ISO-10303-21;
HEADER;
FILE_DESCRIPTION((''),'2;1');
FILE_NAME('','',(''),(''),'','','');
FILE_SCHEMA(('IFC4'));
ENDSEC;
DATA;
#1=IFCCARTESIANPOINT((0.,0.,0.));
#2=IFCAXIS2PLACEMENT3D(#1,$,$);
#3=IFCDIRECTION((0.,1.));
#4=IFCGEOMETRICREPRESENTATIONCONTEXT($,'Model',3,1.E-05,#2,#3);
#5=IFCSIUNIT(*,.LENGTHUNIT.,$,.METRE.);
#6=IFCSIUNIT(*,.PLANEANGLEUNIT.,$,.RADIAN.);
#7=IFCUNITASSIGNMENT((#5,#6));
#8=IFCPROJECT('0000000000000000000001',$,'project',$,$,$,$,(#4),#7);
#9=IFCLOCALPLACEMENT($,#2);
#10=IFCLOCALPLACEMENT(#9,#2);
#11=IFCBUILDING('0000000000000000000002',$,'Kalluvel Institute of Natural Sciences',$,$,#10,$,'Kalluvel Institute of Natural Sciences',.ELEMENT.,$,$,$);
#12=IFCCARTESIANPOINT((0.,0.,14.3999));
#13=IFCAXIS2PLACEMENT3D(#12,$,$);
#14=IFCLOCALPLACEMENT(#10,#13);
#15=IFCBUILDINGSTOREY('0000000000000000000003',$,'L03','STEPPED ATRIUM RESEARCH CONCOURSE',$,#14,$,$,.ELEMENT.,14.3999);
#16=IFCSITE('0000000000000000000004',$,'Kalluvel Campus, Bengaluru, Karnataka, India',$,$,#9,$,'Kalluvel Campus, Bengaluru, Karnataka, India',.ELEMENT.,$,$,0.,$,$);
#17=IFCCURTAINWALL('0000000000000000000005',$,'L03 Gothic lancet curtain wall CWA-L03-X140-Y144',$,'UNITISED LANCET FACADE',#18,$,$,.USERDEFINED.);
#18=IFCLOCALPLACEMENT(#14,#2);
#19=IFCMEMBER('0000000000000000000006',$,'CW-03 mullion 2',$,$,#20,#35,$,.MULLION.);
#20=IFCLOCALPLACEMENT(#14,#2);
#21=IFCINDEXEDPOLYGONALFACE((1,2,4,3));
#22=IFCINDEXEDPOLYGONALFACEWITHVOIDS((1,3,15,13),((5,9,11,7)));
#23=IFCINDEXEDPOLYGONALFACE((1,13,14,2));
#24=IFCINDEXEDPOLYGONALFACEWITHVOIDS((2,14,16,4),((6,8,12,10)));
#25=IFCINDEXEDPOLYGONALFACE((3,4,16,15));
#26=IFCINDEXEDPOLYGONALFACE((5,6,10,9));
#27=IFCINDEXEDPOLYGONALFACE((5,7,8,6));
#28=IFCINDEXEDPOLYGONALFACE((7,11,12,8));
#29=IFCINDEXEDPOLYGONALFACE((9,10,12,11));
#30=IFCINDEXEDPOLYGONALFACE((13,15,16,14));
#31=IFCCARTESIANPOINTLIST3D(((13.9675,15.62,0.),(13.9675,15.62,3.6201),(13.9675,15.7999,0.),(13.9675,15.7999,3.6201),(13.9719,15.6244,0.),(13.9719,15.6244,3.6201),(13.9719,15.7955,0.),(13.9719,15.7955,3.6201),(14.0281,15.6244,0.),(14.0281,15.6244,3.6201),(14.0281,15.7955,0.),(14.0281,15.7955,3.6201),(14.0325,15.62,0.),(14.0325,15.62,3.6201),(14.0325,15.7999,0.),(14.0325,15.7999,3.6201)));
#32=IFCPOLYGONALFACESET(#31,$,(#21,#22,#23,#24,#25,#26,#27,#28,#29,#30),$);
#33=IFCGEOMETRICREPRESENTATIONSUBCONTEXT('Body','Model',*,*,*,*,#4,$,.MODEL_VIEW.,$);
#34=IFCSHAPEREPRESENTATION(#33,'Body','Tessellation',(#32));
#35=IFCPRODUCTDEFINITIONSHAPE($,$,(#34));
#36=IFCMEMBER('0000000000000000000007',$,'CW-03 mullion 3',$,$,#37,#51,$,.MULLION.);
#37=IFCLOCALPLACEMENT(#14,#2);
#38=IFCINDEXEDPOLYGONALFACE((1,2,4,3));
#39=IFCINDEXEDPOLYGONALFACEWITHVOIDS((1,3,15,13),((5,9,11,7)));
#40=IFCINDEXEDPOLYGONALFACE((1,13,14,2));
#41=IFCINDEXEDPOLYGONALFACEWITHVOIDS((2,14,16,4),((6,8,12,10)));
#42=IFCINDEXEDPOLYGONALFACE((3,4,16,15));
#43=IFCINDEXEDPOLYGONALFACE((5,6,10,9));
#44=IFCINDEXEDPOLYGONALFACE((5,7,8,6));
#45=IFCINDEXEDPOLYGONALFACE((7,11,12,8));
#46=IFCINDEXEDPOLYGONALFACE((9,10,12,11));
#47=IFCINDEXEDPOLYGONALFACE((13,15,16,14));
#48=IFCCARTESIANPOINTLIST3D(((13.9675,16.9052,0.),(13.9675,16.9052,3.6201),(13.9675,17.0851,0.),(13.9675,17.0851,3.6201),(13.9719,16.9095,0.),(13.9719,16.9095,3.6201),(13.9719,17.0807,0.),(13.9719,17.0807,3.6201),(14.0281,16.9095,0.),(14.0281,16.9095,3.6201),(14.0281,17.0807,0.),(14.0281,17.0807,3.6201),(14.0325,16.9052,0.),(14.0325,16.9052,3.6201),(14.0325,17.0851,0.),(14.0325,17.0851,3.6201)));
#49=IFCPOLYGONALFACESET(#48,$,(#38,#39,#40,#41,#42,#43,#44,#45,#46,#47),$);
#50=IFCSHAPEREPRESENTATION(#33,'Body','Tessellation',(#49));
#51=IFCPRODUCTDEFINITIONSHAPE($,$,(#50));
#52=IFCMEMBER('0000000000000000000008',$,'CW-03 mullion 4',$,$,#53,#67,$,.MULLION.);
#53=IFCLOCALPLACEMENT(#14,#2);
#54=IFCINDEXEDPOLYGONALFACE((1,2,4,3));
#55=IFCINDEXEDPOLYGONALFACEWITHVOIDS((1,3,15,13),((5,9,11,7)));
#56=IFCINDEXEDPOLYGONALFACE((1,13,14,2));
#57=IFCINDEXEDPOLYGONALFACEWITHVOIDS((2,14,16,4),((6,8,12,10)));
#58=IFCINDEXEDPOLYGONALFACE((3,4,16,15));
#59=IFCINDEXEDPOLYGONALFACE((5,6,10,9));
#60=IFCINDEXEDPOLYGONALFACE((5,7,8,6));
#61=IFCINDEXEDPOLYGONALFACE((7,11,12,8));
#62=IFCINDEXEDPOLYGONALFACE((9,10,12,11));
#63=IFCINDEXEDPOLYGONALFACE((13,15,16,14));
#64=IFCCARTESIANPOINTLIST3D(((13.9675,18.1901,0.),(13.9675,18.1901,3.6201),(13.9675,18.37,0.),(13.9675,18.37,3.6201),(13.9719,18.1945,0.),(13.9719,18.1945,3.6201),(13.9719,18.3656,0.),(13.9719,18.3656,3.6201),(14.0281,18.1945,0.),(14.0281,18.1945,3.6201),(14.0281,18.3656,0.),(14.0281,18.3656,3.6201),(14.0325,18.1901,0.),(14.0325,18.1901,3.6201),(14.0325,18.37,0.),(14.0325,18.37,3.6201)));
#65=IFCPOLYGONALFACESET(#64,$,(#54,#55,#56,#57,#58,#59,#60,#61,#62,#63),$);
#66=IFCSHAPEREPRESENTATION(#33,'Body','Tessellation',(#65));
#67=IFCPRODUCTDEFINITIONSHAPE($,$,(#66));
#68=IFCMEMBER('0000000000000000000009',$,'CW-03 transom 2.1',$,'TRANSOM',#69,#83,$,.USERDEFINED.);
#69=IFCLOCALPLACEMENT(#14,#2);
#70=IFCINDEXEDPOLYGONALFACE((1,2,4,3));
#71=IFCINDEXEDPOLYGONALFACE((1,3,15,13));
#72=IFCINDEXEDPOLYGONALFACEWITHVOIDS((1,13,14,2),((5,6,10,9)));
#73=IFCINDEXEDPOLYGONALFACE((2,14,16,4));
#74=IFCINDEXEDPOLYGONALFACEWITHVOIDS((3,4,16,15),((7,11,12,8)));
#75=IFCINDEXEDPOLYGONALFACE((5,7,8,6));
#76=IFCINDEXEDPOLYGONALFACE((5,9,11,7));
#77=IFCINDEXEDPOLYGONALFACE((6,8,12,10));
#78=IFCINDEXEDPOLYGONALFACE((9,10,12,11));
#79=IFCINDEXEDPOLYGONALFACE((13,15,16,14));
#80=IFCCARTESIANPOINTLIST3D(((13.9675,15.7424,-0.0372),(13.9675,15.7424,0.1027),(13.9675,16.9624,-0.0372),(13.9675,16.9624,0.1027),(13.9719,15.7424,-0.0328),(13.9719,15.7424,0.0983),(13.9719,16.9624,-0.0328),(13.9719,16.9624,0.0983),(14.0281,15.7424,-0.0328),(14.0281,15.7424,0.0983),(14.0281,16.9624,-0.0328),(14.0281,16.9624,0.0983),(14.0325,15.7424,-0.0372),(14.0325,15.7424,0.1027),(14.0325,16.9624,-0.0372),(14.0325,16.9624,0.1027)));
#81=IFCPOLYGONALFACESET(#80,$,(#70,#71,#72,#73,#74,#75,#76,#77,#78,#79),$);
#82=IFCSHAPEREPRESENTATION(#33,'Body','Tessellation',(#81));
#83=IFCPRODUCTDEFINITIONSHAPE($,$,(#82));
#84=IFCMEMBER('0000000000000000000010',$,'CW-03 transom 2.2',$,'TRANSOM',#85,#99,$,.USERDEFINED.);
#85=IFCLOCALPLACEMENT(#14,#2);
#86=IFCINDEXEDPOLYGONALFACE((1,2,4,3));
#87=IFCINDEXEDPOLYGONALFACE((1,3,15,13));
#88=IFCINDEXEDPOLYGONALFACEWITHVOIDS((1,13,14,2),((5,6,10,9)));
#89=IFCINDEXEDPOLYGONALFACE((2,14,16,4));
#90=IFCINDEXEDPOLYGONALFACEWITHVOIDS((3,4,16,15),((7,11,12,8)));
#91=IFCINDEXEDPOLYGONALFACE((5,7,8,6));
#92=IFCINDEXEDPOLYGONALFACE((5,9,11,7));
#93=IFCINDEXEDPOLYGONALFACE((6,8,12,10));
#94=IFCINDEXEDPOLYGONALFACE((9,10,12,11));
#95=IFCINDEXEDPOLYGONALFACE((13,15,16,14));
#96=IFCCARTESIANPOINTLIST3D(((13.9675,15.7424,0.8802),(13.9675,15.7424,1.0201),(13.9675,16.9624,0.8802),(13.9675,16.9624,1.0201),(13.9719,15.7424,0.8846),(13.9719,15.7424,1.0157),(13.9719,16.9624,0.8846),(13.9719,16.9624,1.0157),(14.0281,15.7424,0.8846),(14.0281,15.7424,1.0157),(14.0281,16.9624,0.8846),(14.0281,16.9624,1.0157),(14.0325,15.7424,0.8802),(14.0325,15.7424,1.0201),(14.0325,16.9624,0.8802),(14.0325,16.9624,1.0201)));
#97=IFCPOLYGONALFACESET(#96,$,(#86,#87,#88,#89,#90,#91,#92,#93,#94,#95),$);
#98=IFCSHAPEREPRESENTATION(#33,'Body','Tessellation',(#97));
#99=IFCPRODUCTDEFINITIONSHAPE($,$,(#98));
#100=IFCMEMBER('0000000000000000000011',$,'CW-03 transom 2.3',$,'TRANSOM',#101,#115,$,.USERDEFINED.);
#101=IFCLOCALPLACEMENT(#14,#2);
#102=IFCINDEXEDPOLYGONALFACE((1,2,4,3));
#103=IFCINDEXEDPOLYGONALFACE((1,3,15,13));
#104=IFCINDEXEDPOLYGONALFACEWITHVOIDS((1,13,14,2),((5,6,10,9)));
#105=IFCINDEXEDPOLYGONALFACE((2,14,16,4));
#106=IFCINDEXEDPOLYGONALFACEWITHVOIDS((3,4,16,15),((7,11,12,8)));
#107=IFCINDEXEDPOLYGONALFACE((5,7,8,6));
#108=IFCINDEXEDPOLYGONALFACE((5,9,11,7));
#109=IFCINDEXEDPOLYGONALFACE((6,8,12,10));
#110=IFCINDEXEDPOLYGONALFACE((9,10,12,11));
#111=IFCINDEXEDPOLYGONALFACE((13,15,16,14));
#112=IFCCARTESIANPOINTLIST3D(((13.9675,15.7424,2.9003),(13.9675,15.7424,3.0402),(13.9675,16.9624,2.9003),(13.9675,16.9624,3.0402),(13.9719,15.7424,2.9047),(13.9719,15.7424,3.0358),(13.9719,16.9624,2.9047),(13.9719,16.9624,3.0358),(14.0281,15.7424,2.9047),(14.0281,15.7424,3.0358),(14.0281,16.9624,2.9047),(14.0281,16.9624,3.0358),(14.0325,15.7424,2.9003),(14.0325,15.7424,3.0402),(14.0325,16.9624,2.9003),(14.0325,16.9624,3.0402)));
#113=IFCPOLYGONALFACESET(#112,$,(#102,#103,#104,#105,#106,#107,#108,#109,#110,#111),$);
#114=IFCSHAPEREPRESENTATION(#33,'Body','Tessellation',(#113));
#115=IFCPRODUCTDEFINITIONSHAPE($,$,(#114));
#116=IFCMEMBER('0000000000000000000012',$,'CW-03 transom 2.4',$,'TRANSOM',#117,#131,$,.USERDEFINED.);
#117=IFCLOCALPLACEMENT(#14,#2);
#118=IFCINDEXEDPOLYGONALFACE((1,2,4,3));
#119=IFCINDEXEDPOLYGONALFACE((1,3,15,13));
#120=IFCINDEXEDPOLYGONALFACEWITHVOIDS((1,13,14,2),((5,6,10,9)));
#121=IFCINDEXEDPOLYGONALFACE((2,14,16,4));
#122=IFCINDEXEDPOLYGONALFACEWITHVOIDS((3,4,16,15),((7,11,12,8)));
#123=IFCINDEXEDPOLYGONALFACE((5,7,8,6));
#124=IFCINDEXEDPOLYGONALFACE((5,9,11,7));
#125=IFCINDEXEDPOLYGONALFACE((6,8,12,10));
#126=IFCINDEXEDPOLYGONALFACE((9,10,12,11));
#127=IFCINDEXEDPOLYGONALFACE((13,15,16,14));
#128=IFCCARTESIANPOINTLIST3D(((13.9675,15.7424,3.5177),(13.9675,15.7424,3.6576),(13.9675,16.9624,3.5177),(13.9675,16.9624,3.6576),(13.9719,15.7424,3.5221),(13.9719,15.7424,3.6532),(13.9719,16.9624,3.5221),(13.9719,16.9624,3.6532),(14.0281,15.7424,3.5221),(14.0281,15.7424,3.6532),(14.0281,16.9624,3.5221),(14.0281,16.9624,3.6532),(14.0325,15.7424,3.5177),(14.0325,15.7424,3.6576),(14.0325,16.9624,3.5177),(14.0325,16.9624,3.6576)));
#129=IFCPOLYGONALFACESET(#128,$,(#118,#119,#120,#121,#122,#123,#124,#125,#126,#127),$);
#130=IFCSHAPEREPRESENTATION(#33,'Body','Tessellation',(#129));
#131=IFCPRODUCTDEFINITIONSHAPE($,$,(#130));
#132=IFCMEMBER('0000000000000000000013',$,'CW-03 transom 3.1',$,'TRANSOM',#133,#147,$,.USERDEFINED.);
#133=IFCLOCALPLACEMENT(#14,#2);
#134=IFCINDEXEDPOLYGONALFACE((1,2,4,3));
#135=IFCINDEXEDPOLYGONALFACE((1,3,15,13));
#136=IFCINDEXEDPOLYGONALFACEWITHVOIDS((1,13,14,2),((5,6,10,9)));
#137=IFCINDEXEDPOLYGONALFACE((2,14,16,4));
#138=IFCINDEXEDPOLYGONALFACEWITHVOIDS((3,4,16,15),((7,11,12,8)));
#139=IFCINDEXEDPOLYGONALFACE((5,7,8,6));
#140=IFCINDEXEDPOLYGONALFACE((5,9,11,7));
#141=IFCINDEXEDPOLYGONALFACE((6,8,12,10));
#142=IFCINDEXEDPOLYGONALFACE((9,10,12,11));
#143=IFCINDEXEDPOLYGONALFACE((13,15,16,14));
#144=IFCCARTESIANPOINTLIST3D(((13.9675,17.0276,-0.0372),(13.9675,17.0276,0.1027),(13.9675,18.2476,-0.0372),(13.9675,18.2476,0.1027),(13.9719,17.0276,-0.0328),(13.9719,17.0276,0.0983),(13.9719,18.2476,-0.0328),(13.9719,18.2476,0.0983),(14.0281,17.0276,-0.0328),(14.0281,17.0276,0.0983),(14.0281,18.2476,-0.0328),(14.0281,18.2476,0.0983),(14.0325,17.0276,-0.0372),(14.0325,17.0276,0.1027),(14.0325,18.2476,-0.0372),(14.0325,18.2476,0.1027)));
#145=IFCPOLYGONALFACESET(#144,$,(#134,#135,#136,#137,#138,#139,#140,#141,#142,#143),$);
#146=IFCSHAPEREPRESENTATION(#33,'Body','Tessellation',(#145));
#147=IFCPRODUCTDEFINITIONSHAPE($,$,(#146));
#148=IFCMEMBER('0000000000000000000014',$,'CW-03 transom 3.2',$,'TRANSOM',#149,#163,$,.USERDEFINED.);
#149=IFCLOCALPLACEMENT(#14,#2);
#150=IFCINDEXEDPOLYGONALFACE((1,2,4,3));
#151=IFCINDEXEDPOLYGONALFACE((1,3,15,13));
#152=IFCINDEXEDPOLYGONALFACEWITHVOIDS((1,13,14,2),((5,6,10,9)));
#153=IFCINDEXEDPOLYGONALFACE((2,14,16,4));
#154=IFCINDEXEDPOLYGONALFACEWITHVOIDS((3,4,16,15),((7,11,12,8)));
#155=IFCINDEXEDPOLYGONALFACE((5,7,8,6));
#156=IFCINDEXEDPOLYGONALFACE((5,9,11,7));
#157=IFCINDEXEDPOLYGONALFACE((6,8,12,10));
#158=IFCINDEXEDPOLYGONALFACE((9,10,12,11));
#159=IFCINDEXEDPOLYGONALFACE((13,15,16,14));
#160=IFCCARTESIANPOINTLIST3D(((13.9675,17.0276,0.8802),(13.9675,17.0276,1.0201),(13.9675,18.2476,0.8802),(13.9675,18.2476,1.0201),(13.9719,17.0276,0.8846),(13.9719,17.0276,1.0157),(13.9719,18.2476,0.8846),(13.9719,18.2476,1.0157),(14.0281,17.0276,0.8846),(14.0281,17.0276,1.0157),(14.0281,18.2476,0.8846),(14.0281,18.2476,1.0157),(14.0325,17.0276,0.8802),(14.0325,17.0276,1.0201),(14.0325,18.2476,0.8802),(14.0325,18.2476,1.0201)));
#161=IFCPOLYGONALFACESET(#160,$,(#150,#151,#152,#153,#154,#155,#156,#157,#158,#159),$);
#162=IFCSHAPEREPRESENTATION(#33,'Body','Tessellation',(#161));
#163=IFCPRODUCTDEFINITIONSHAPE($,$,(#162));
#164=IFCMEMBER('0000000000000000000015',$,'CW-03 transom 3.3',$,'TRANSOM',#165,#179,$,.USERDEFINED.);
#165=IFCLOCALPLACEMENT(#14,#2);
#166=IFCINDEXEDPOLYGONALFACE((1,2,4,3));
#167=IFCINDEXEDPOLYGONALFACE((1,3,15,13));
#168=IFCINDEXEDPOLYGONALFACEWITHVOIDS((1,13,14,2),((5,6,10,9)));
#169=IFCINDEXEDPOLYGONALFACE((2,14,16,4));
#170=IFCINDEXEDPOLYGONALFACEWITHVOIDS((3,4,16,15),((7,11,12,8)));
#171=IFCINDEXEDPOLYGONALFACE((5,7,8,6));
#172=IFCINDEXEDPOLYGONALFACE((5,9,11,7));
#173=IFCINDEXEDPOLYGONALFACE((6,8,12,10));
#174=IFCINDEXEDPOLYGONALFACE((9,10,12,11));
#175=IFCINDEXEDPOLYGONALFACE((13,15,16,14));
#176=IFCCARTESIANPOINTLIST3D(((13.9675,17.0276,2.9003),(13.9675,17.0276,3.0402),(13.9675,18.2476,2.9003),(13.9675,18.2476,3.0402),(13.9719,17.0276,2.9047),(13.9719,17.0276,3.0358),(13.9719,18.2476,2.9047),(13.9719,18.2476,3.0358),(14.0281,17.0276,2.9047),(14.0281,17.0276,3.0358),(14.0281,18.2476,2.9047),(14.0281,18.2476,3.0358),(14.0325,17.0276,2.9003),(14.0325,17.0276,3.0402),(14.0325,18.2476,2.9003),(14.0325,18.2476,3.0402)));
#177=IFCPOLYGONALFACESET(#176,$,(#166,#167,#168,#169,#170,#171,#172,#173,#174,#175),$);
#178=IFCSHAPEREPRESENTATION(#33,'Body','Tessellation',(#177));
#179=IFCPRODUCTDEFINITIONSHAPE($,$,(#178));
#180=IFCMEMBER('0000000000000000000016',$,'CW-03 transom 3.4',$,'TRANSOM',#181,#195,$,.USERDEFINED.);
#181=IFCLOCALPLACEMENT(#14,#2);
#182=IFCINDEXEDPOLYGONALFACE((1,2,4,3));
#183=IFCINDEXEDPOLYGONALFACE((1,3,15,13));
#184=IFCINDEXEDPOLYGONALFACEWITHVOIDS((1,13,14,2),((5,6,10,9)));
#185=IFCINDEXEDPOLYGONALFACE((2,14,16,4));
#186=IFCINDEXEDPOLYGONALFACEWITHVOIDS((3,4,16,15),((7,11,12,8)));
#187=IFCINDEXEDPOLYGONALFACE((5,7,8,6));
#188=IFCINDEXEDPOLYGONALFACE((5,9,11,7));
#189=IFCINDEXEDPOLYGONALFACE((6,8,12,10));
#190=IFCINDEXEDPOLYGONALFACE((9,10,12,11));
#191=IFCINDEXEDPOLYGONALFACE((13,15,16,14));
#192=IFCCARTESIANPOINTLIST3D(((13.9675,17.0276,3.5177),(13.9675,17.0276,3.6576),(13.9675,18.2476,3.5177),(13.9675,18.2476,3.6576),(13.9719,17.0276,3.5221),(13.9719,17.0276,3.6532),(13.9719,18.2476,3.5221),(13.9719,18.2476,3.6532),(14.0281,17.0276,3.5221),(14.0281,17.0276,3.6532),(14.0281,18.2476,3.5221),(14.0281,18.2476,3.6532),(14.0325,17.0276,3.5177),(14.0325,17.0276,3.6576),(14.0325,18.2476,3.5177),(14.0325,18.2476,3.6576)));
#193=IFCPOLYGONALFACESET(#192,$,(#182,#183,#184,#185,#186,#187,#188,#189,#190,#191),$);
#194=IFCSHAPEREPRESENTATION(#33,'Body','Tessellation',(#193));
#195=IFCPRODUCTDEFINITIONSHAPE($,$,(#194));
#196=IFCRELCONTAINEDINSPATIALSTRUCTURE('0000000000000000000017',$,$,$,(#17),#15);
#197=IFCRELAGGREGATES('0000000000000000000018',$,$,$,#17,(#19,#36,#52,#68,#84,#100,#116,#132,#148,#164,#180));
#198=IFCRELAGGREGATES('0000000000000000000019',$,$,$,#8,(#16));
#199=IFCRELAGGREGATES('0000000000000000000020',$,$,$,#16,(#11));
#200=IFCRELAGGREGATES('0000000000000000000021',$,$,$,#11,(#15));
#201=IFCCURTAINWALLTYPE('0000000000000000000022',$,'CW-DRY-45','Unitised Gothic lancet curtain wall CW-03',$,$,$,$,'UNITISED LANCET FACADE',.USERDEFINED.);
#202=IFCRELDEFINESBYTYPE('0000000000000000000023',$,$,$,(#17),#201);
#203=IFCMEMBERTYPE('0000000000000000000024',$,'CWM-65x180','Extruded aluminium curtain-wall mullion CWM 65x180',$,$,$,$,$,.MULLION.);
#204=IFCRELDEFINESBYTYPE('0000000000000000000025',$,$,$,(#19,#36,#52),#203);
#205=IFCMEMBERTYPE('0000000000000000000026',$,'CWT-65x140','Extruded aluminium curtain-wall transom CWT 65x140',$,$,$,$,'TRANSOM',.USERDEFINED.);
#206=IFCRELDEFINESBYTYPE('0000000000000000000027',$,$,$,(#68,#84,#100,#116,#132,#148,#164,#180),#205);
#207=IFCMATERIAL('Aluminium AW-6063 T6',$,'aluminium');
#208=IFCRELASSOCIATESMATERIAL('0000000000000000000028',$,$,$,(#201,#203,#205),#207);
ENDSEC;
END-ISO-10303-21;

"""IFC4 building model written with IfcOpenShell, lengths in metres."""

from ifc_helpers import new_model, si_unit, direction, frame, origin, origin_2d, place, context, subcontext, project, spatial, hollow_rectangle, extrude, material, material_profile, profile_set, type_object, element, aggregate, save


model = new_model("IFC4")

# Units and contexts
model_context = context("Model", 3, precision=1e-05, world=origin(), true_north=direction((0.0, 1.0)))
body_context = subcontext(model_context, "Body", "Model", "MODEL_VIEW")
ifc_project = project(units=[si_unit("LENGTHUNIT", "METRE"), si_unit("PLANEANGLEUNIT", "RADIAN")], contexts=[model_context])

# Site, building, storey
site_placement = place(None, origin())
site = spatial("IfcSite", under=ifc_project, at=site_placement, Name="Kalluvel Campus, Bengaluru, Karnataka, India", LongName="Kalluvel Campus, Bengaluru, Karnataka, India", CompositionType="ELEMENT", RefElevation=0.0)
building_placement = place(site_placement, origin())
building = spatial("IfcBuilding", under=site, at=building_placement, Name="Kalluvel Institute of Natural Sciences", LongName="Kalluvel Institute of Natural Sciences", CompositionType="ELEMENT")
storey_placement = place(building_placement, frame((0.0, 0.0, 14.3999)))
storey = spatial("IfcBuildingStorey", under=building, at=storey_placement, Name="L03", Description="STEPPED ATRIUM RESEARCH CONCOURSE", CompositionType="ELEMENT", Elevation=14.3999)

# Curtain wall, members
ifc_material_1 = material(Name="Aluminium AW-6063 T6", Category="aluminium")
curtain_wall_type = type_object("IfcCurtainWallType", Name="CW-DRY-45", Description="Unitised Gothic lancet curtain wall CW-03", ElementType="UNITISED LANCET FACADE", PredefinedType="USERDEFINED", material=ifc_material_1)
curtain_wall_placement = place(storey_placement, origin())
curtain_wall = element("IfcCurtainWall", 1, at=curtain_wall_placement, inside=storey, type_object=curtain_wall_type, Name="L03 Gothic lancet curtain wall CWA-L03-X140-Y144", ObjectType="UNITISED LANCET FACADE", PredefinedType="USERDEFINED")
ifc_material_profile_1 = material_profile(ifc_material_1, hollow_rectangle(XDim=0.0649, YDim=0.1799, WallThickness=0.0044, at=origin_2d()), Name="CWM 65x180")
ifc_profile_set_1 = profile_set([ifc_material_profile_1], Name="Aluminium AW-6063 T6")
member_type_1 = type_object("IfcMemberType", Name="CWM-65x180", Description="Extruded aluminium curtain-wall mullion CWM 65x180", PredefinedType="MULLION", material=ifc_profile_set_1)
member_1_placement = place(storey_placement, frame((14.0, 15.71, 0.0), z_axis=(0.0, 0.0, 1.0), x_axis=(-1.0, 0.0, 0.0)))
member_1 = element("IfcMember", 2, at=member_1_placement, type_object=member_type_1, Name="CW-03 mullion 2", PredefinedType="MULLION", context=body_context, shape_type="SweptSolid", body=[
    extrude(hollow_rectangle(XDim=0.0649, YDim=0.1799, WallThickness=0.0044, at=origin_2d()), origin(), (0.0, 0.0, 1.0), 3.6201),
])
member_2_placement = place(storey_placement, frame((14.0, 16.9951, 0.0), z_axis=(0.0, 0.0, 1.0), x_axis=(-1.0, 0.0, 0.0)))
member_2 = element("IfcMember", 3, at=member_2_placement, type_object=member_type_1, Name="CW-03 mullion 3", PredefinedType="MULLION", context=body_context, shape_type="SweptSolid", body=[
    extrude(hollow_rectangle(XDim=0.0649, YDim=0.1799, WallThickness=0.0044, at=origin_2d()), origin(), (0.0, 0.0, 1.0), 3.6201),
])
member_3_placement = place(storey_placement, frame((14.0, 18.28, 0.0), z_axis=(0.0, 0.0, 1.0), x_axis=(-1.0, 0.0, 0.0)))
member_3 = element("IfcMember", 4, at=member_3_placement, type_object=member_type_1, Name="CW-03 mullion 4", PredefinedType="MULLION", context=body_context, shape_type="SweptSolid", body=[
    extrude(hollow_rectangle(XDim=0.0649, YDim=0.1799, WallThickness=0.0044, at=origin_2d()), origin(), (0.0, 0.0, 1.0), 3.6201),
])
ifc_material_profile_2 = material_profile(ifc_material_1, hollow_rectangle(XDim=0.0649, YDim=0.1399, WallThickness=0.0044, at=origin_2d()), Name="CWT 65x140")
ifc_profile_set_2 = profile_set([ifc_material_profile_2], Name="Aluminium AW-6063 T6")
member_type_2 = type_object("IfcMemberType", Name="CWT-65x140", Description="Extruded aluminium curtain-wall transom CWT 65x140", ElementType="TRANSOM", PredefinedType="USERDEFINED", material=ifc_profile_set_2)
member_4_placement = place(storey_placement, frame((14.0, 15.7424, 0.0327), z_axis=(0.0, 1.0, 0.0), x_axis=(-1.0, 0.0, 0.0)))
member_4 = element("IfcMember", 5, at=member_4_placement, type_object=member_type_2, Name="CW-03 transom 2.1", ObjectType="TRANSOM", PredefinedType="USERDEFINED", context=body_context, shape_type="SweptSolid", body=[
    extrude(hollow_rectangle(XDim=0.0649, YDim=0.1399, WallThickness=0.0044, at=origin_2d()), origin(), (0.0, 0.0, 1.0), 1.22),
])
member_5_placement = place(storey_placement, frame((14.0, 15.7424, 0.9502), z_axis=(0.0, 1.0, 0.0), x_axis=(-1.0, 0.0, 0.0)))
member_5 = element("IfcMember", 6, at=member_5_placement, type_object=member_type_2, Name="CW-03 transom 2.2", ObjectType="TRANSOM", PredefinedType="USERDEFINED", context=body_context, shape_type="SweptSolid", body=[
    extrude(hollow_rectangle(XDim=0.0649, YDim=0.1399, WallThickness=0.0044, at=origin_2d()), origin(), (0.0, 0.0, 1.0), 1.22),
])
member_6_placement = place(storey_placement, frame((14.0, 15.7424, 2.9702), z_axis=(0.0, 1.0, 0.0), x_axis=(-1.0, 0.0, 0.0)))
member_6 = element("IfcMember", 7, at=member_6_placement, type_object=member_type_2, Name="CW-03 transom 2.3", ObjectType="TRANSOM", PredefinedType="USERDEFINED", context=body_context, shape_type="SweptSolid", body=[
    extrude(hollow_rectangle(XDim=0.0649, YDim=0.1399, WallThickness=0.0044, at=origin_2d()), origin(), (0.0, 0.0, 1.0), 1.22),
])
member_7_placement = place(storey_placement, frame((14.0, 15.7424, 3.5876), z_axis=(0.0, 1.0, 0.0), x_axis=(-1.0, 0.0, 0.0)))
member_7 = element("IfcMember", 8, at=member_7_placement, type_object=member_type_2, Name="CW-03 transom 2.4", ObjectType="TRANSOM", PredefinedType="USERDEFINED", context=body_context, shape_type="SweptSolid", body=[
    extrude(hollow_rectangle(XDim=0.0649, YDim=0.1399, WallThickness=0.0044, at=origin_2d()), origin(), (0.0, 0.0, 1.0), 1.22),
])
member_8_placement = place(storey_placement, frame((14.0, 17.0276, 0.0327), z_axis=(0.0, 1.0, 0.0), x_axis=(-1.0, 0.0, 0.0)))
member_8 = element("IfcMember", 9, at=member_8_placement, type_object=member_type_2, Name="CW-03 transom 3.1", ObjectType="TRANSOM", PredefinedType="USERDEFINED", context=body_context, shape_type="SweptSolid", body=[
    extrude(hollow_rectangle(XDim=0.0649, YDim=0.1399, WallThickness=0.0044, at=origin_2d()), origin(), (0.0, 0.0, 1.0), 1.22),
])
member_9_placement = place(storey_placement, frame((14.0, 17.0276, 0.9502), z_axis=(0.0, 1.0, 0.0), x_axis=(-1.0, 0.0, 0.0)))
member_9 = element("IfcMember", 10, at=member_9_placement, type_object=member_type_2, Name="CW-03 transom 3.2", ObjectType="TRANSOM", PredefinedType="USERDEFINED", context=body_context, shape_type="SweptSolid", body=[
    extrude(hollow_rectangle(XDim=0.0649, YDim=0.1399, WallThickness=0.0044, at=origin_2d()), origin(), (0.0, 0.0, 1.0), 1.22),
])
member_10_placement = place(storey_placement, frame((14.0, 17.0276, 2.9702), z_axis=(0.0, 1.0, 0.0), x_axis=(-1.0, 0.0, 0.0)))
member_10 = element("IfcMember", 11, at=member_10_placement, type_object=member_type_2, Name="CW-03 transom 3.3", ObjectType="TRANSOM", PredefinedType="USERDEFINED", context=body_context, shape_type="SweptSolid", body=[
    extrude(hollow_rectangle(XDim=0.0649, YDim=0.1399, WallThickness=0.0044, at=origin_2d()), origin(), (0.0, 0.0, 1.0), 1.22),
])
member_11_placement = place(storey_placement, frame((14.0, 17.0276, 3.5876), z_axis=(0.0, 1.0, 0.0), x_axis=(-1.0, 0.0, 0.0)))
member_11 = element("IfcMember", 12, at=member_11_placement, type_object=member_type_2, Name="CW-03 transom 3.4", ObjectType="TRANSOM", PredefinedType="USERDEFINED", context=body_context, shape_type="SweptSolid", body=[
    extrude(hollow_rectangle(XDim=0.0649, YDim=0.1399, WallThickness=0.0044, at=origin_2d()), origin(), (0.0, 0.0, 1.0), 1.22),
])
aggregate(curtain_wall, [member_1, member_2, member_3, member_4, member_5, member_6, member_7, member_8, member_9, member_10, member_11])

save(model, "model.ifc")
